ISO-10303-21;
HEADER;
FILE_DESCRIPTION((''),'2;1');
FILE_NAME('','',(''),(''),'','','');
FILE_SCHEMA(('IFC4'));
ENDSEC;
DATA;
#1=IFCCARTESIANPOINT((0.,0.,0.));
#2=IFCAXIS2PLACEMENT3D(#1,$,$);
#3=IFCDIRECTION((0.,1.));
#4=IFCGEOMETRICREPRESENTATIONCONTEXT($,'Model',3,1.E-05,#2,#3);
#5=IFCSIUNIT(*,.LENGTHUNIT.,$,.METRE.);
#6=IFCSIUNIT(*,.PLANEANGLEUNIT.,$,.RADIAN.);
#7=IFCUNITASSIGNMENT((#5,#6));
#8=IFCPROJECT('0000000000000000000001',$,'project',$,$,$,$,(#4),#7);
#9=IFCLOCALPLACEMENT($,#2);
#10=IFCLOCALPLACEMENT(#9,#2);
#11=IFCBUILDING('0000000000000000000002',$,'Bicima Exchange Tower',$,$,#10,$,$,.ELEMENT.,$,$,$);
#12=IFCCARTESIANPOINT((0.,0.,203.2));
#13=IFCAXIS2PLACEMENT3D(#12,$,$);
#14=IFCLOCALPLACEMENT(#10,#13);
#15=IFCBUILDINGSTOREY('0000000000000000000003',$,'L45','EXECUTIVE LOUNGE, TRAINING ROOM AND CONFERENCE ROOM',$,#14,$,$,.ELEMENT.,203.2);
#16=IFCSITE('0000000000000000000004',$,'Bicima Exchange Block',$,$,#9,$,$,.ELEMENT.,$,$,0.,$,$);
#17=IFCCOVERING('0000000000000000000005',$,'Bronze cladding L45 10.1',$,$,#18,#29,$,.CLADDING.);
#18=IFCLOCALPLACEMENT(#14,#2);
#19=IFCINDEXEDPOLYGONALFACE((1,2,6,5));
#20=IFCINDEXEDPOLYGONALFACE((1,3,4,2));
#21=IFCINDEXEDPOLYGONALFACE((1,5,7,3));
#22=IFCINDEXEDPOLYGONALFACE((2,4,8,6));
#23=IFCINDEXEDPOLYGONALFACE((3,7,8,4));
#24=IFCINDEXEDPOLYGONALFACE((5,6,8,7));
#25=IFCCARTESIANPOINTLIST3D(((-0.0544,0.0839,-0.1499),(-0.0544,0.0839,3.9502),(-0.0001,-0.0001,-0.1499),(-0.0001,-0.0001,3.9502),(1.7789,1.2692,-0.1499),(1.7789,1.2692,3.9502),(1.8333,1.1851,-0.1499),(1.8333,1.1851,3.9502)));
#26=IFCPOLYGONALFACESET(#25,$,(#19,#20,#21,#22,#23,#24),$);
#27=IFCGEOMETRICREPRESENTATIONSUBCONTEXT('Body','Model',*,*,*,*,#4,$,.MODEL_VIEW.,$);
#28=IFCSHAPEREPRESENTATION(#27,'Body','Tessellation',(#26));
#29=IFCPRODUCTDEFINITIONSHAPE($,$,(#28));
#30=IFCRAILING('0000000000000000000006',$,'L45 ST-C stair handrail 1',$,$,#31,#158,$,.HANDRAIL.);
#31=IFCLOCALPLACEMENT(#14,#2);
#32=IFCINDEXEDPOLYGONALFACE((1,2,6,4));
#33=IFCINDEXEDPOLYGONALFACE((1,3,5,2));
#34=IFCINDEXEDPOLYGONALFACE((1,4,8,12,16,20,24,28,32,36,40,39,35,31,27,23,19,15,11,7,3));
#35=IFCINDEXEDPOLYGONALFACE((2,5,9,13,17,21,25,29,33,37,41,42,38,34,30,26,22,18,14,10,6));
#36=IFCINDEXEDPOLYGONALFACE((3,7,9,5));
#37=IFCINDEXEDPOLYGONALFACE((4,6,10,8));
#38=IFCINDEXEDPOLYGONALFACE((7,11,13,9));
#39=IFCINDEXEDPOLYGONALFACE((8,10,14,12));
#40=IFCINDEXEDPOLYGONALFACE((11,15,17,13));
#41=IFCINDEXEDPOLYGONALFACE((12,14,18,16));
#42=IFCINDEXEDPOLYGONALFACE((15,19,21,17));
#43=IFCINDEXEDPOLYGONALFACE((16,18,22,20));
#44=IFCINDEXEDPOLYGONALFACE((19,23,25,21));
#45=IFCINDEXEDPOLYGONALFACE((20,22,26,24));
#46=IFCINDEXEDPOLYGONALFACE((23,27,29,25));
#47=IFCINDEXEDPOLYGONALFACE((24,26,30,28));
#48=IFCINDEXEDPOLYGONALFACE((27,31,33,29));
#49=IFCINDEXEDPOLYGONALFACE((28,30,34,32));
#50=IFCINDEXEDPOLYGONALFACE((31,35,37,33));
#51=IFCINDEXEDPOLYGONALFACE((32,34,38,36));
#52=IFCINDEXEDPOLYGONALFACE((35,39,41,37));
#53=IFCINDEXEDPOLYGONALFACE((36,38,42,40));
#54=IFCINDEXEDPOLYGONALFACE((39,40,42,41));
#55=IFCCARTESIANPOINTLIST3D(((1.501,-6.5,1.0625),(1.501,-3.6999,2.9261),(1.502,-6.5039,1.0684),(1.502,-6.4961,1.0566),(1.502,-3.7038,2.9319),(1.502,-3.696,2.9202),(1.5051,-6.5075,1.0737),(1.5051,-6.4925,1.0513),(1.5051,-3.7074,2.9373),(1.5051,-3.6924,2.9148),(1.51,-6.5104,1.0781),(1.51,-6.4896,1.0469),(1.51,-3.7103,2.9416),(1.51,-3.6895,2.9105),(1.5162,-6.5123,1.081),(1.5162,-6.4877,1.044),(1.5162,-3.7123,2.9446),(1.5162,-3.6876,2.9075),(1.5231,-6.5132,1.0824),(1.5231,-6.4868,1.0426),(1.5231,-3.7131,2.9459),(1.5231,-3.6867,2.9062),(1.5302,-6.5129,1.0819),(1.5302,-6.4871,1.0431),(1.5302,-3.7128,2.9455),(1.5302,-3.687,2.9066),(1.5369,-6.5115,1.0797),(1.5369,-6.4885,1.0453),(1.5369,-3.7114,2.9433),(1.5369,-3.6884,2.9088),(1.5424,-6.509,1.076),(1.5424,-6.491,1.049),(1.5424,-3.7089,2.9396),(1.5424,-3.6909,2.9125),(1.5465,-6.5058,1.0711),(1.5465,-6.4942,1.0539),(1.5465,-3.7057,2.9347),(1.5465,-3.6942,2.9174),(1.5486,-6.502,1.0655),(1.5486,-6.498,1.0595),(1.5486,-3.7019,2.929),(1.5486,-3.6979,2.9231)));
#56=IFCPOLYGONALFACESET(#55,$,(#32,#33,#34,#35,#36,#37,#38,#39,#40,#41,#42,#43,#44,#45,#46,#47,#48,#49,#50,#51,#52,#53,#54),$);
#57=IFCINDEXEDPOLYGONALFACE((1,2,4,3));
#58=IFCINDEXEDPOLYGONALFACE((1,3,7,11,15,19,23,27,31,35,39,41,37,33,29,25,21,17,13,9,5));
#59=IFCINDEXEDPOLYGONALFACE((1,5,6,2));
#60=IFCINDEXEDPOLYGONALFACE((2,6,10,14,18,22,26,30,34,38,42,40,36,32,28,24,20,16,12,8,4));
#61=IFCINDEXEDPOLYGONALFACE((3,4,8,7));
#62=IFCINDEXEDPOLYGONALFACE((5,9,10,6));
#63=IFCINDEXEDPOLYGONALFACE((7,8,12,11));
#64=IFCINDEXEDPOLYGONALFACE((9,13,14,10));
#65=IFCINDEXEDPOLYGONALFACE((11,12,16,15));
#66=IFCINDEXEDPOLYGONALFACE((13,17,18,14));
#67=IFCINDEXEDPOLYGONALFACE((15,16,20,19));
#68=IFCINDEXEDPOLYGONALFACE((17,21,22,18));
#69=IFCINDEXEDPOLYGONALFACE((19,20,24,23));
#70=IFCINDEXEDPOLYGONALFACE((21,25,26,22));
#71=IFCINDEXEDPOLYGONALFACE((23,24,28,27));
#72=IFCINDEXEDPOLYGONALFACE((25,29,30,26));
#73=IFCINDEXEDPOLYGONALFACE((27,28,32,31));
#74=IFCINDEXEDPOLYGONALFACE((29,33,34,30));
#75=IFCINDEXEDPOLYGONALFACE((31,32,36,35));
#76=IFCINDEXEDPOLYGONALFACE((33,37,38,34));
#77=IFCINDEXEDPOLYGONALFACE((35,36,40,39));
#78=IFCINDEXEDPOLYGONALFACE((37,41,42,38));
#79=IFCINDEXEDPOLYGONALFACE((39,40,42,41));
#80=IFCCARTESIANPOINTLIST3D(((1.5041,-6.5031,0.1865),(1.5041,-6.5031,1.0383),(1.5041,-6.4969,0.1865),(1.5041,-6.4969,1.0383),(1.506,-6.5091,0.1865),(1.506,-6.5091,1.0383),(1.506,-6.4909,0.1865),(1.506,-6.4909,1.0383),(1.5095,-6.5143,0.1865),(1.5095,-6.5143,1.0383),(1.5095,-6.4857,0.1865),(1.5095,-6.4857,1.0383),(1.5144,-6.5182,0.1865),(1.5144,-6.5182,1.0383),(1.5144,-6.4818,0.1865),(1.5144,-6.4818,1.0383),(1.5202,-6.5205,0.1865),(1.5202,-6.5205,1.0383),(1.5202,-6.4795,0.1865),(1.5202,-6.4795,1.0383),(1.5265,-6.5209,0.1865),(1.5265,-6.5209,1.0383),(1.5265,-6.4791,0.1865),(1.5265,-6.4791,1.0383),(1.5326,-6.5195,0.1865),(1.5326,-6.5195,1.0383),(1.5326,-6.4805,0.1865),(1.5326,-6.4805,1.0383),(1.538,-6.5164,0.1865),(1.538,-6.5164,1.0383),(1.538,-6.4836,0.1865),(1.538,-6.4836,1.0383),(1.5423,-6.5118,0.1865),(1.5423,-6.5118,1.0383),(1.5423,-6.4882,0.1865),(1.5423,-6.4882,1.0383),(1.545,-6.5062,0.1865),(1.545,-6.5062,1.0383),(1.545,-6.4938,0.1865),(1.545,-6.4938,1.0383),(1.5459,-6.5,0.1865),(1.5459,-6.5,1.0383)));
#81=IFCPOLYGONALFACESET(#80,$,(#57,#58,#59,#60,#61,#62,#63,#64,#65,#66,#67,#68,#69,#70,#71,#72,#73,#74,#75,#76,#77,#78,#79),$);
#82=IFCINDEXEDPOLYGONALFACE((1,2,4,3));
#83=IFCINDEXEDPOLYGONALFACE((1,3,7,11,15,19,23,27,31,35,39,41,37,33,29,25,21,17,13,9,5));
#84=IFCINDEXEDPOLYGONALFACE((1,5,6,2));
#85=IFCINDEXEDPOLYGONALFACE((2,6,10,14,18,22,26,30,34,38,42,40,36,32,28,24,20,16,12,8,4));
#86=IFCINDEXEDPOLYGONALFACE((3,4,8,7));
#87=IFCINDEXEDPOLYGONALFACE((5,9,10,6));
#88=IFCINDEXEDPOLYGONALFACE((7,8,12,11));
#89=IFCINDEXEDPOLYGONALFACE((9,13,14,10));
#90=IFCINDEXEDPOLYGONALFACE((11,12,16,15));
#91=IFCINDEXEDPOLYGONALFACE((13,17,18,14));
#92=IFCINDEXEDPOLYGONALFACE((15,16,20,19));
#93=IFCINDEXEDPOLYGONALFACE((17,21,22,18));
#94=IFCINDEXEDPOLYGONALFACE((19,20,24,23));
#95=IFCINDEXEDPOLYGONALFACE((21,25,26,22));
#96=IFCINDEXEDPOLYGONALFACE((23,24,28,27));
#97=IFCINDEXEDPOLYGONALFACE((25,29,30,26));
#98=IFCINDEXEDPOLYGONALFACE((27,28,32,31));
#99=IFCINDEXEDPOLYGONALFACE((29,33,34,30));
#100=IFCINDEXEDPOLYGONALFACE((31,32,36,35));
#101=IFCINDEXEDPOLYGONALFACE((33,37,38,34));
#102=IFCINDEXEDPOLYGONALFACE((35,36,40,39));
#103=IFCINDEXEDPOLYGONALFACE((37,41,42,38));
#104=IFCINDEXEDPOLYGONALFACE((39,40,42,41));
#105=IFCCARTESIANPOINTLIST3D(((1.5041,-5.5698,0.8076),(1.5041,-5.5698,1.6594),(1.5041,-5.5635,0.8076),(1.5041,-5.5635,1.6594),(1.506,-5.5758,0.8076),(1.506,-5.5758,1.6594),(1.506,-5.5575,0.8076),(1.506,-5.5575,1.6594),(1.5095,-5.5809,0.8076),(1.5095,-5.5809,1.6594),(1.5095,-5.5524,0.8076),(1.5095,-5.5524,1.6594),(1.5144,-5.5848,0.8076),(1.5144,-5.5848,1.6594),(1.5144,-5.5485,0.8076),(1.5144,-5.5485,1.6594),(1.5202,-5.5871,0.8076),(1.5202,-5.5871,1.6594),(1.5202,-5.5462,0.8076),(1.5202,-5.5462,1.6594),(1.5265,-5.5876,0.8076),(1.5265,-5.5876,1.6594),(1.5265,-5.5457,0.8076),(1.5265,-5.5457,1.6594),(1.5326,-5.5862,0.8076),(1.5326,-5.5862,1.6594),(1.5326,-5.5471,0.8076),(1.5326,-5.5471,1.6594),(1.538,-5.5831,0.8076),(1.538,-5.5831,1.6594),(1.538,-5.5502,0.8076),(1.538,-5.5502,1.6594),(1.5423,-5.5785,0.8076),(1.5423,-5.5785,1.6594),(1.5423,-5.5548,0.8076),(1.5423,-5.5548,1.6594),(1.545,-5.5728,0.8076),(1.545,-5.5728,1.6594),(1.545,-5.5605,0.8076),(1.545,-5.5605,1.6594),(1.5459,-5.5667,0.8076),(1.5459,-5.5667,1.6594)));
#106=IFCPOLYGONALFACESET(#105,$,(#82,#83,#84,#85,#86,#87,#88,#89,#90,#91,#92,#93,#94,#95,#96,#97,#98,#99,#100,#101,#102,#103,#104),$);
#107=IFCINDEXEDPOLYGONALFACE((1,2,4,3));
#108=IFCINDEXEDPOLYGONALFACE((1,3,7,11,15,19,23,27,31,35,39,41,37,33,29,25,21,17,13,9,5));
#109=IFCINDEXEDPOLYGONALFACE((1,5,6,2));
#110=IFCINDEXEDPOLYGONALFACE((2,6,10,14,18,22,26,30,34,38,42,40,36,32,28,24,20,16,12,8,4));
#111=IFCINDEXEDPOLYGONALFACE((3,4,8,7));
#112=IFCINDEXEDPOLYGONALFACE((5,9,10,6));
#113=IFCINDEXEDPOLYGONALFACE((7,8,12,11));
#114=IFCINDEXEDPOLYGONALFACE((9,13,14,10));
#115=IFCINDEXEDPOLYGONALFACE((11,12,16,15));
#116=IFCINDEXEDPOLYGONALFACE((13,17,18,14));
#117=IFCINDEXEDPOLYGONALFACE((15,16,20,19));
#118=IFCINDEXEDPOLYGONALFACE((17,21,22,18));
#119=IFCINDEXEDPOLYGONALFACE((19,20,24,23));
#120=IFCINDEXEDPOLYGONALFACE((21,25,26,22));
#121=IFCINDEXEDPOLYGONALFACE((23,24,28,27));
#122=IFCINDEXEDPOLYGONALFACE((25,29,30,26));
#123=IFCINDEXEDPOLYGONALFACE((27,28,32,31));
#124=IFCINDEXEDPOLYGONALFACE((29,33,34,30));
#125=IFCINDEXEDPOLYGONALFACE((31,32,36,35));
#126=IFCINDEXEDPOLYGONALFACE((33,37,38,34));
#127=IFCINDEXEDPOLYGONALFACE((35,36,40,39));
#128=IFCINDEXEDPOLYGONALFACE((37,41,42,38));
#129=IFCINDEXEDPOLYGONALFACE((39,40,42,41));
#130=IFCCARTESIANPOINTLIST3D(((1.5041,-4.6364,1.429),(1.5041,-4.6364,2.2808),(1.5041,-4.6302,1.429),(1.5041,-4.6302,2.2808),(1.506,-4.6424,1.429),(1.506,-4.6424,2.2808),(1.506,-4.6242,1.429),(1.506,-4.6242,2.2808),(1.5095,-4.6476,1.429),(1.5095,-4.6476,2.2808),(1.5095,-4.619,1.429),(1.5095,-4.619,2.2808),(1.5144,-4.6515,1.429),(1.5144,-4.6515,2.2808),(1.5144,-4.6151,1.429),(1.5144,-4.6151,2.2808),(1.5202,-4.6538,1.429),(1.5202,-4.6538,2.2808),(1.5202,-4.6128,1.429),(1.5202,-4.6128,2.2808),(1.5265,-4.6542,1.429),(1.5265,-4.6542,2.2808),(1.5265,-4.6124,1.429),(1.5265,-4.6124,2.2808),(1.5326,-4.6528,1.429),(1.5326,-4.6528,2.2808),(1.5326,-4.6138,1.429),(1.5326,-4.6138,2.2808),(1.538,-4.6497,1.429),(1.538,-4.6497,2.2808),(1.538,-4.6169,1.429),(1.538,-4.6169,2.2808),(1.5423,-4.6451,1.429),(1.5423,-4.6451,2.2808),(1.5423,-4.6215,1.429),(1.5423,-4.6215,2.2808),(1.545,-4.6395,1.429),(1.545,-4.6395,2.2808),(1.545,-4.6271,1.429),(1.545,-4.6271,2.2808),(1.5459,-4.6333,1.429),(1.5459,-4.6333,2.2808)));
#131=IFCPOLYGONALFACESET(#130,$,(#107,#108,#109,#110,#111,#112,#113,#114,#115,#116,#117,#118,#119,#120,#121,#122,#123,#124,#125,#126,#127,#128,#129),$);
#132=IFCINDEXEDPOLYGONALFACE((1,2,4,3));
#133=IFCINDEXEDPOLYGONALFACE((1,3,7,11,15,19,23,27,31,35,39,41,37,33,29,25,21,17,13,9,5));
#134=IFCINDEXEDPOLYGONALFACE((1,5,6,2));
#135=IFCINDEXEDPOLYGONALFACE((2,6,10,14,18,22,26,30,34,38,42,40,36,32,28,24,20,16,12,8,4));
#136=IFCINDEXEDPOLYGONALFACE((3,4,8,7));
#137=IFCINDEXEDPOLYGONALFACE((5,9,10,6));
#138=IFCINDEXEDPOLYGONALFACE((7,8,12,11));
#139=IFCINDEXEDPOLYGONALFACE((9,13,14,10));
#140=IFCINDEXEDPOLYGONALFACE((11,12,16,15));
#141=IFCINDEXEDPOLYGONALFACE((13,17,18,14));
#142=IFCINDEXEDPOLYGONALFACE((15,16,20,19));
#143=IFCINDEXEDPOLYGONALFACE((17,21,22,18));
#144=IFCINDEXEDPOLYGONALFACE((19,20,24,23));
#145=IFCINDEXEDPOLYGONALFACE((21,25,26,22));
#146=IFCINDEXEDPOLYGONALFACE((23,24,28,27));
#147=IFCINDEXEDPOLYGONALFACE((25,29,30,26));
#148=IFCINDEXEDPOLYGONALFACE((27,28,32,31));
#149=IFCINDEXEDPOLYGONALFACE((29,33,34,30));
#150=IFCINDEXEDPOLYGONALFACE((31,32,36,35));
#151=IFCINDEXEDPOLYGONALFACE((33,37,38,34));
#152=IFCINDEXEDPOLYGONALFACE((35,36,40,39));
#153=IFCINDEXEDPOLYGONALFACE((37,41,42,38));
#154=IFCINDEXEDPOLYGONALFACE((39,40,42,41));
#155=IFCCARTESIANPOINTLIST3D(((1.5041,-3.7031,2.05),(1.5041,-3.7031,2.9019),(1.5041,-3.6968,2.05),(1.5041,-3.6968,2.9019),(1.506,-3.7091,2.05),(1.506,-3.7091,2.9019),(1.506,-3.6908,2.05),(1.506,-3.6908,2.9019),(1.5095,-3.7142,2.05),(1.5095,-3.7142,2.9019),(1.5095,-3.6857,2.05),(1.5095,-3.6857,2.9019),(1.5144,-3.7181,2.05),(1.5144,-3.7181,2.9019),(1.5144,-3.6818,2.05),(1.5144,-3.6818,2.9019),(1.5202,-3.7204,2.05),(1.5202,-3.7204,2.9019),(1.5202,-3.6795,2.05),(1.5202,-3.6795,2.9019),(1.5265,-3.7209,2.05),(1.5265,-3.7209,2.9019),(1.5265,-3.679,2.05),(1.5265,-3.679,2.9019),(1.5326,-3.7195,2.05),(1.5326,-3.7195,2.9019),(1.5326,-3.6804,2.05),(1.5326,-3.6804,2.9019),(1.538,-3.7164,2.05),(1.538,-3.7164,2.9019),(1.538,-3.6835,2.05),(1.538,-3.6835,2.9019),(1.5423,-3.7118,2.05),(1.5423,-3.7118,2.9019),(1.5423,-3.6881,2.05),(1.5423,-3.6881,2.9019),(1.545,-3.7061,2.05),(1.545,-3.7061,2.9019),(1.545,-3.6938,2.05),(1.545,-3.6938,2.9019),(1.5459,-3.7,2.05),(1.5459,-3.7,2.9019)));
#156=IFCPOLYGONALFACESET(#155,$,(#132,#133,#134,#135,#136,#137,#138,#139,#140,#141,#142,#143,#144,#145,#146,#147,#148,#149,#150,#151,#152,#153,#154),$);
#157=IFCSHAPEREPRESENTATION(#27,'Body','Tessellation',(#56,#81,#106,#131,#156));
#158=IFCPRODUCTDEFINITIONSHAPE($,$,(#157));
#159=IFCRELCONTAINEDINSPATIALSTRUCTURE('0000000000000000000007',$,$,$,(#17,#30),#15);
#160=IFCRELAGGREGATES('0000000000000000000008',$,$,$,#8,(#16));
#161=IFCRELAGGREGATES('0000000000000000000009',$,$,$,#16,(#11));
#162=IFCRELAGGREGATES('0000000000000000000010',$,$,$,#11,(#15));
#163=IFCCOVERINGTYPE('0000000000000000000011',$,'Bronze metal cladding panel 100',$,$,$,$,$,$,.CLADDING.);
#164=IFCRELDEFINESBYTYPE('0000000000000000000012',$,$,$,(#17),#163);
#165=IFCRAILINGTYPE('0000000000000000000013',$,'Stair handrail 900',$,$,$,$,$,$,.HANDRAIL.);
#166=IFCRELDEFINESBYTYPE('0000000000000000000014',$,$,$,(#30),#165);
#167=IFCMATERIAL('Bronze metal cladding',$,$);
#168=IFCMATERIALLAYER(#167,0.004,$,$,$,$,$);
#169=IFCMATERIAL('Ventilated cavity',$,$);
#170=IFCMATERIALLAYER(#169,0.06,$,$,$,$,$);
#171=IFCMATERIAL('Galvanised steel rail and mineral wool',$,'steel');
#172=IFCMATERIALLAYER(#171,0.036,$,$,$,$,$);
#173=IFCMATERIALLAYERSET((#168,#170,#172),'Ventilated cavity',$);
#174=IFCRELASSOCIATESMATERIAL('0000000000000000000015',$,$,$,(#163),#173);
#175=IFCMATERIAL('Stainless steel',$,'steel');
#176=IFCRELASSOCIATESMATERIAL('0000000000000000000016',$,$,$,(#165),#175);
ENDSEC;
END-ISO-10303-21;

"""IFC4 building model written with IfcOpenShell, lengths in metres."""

from ifc_helpers import new_model, si_unit, direction, frame, origin, origin_2d, place, context, subcontext, project, spatial, rectangle, circle, extrude, material, layer, layer_set, type_object, element, save


model = new_model("IFC4")

# Units and contexts
model_context = context("Model", 3, precision=1e-05, world=origin(), true_north=direction((0.0, 1.0)))
body_context = subcontext(model_context, "Body", "Model", "MODEL_VIEW")
ifc_project = project(units=[si_unit("LENGTHUNIT", "METRE"), si_unit("PLANEANGLEUNIT", "RADIAN")], contexts=[model_context])

# Site, building, storey
site_placement = place(None, origin())
site = spatial("IfcSite", under=ifc_project, at=site_placement, Name="Bicima Exchange Block", CompositionType="ELEMENT", RefElevation=0.0)
building_placement = place(site_placement, origin())
building = spatial("IfcBuilding", under=site, at=building_placement, Name="Bicima Exchange Tower", CompositionType="ELEMENT")
storey_placement = place(building_placement, frame((0.0, 0.0, 203.2)))
storey = spatial("IfcBuildingStorey", under=building, at=storey_placement, Name="L45", Description="EXECUTIVE LOUNGE, TRAINING ROOM AND CONFERENCE ROOM", CompositionType="ELEMENT", Elevation=203.2)

# Shared definitions
ifc_material_1 = material(Name="Stainless steel", Category="steel")

# Covering
ifc_material_2 = material(Name="Bronze metal cladding")
ifc_layer_1 = layer(ifc_material_2, 0.004)
ifc_material_3 = material(Name="Ventilated cavity")
ifc_layer_2 = layer(ifc_material_3, 0.06)
ifc_material_4 = material(Name="Galvanised steel rail and mineral wool", Category="steel")
ifc_layer_3 = layer(ifc_material_4, 0.036)
ifc_layer_set_1 = layer_set([ifc_layer_1, ifc_layer_2, ifc_layer_3], Name="Ventilated cavity")
covering_type = type_object("IfcCoveringType", Name="Bronze metal cladding panel 100", PredefinedType="CLADDING", material=ifc_layer_set_1)
covering_1_placement = place(storey_placement, frame((0.8894, 0.6345, -0.1499), z_axis=(0.0, 0.0, 1.0), x_axis=(-0.83979, -0.542911, 0.0)))
element("IfcCovering", 1, at=covering_1_placement, inside=storey, type_object=covering_type, Name="Bronze cladding L45 10.1", PredefinedType="CLADDING", context=body_context, shape_type="SweptSolid", body=[
    extrude(rectangle(XDim=2.1831, YDim=0.1001, at=origin_2d()), origin(), (0.0, 0.0, 1.0), 4.1001),
])

# Railing
railing_type_1 = type_object("IfcRailingType", Name="Stair handrail 900", PredefinedType="HANDRAIL", material=ifc_material_1)
railing_1_placement = place(storey_placement, frame((1.5249, -6.5, 0.1865)))
element("IfcRailing", 2, at=railing_1_placement, inside=storey, type_object=railing_type_1, Name="L45 ST-C stair handrail 1", PredefinedType="HANDRAIL", context=body_context, shape_type="SweptSolid", body=[
    extrude(circle(Radius=0.0239, at=origin_2d()), frame((0.0, 0.0, 0.876), z_axis=(0.0, 0.832486, 0.554047), x_axis=(-1.0, 0.0, 0.0)), (0.0, 0.0, 1.0), 3.3635),
    extrude(circle(Radius=0.021, at=origin_2d()), origin(), (0.0, 0.0, 1.0), 0.8518),
    extrude(circle(Radius=0.021, at=origin_2d()), frame((0.0, 0.9333, 0.6211)), (0.0, 0.0, 1.0), 0.8518),
    extrude(circle(Radius=0.021, at=origin_2d()), frame((0.0, 1.8667, 1.2424)), (0.0, 0.0, 1.0), 0.8518),
    extrude(circle(Radius=0.021, at=origin_2d()), frame((0.0, 2.8, 1.8635)), (0.0, 0.0, 1.0), 0.8518),
])

save(model, "model.ifc")
